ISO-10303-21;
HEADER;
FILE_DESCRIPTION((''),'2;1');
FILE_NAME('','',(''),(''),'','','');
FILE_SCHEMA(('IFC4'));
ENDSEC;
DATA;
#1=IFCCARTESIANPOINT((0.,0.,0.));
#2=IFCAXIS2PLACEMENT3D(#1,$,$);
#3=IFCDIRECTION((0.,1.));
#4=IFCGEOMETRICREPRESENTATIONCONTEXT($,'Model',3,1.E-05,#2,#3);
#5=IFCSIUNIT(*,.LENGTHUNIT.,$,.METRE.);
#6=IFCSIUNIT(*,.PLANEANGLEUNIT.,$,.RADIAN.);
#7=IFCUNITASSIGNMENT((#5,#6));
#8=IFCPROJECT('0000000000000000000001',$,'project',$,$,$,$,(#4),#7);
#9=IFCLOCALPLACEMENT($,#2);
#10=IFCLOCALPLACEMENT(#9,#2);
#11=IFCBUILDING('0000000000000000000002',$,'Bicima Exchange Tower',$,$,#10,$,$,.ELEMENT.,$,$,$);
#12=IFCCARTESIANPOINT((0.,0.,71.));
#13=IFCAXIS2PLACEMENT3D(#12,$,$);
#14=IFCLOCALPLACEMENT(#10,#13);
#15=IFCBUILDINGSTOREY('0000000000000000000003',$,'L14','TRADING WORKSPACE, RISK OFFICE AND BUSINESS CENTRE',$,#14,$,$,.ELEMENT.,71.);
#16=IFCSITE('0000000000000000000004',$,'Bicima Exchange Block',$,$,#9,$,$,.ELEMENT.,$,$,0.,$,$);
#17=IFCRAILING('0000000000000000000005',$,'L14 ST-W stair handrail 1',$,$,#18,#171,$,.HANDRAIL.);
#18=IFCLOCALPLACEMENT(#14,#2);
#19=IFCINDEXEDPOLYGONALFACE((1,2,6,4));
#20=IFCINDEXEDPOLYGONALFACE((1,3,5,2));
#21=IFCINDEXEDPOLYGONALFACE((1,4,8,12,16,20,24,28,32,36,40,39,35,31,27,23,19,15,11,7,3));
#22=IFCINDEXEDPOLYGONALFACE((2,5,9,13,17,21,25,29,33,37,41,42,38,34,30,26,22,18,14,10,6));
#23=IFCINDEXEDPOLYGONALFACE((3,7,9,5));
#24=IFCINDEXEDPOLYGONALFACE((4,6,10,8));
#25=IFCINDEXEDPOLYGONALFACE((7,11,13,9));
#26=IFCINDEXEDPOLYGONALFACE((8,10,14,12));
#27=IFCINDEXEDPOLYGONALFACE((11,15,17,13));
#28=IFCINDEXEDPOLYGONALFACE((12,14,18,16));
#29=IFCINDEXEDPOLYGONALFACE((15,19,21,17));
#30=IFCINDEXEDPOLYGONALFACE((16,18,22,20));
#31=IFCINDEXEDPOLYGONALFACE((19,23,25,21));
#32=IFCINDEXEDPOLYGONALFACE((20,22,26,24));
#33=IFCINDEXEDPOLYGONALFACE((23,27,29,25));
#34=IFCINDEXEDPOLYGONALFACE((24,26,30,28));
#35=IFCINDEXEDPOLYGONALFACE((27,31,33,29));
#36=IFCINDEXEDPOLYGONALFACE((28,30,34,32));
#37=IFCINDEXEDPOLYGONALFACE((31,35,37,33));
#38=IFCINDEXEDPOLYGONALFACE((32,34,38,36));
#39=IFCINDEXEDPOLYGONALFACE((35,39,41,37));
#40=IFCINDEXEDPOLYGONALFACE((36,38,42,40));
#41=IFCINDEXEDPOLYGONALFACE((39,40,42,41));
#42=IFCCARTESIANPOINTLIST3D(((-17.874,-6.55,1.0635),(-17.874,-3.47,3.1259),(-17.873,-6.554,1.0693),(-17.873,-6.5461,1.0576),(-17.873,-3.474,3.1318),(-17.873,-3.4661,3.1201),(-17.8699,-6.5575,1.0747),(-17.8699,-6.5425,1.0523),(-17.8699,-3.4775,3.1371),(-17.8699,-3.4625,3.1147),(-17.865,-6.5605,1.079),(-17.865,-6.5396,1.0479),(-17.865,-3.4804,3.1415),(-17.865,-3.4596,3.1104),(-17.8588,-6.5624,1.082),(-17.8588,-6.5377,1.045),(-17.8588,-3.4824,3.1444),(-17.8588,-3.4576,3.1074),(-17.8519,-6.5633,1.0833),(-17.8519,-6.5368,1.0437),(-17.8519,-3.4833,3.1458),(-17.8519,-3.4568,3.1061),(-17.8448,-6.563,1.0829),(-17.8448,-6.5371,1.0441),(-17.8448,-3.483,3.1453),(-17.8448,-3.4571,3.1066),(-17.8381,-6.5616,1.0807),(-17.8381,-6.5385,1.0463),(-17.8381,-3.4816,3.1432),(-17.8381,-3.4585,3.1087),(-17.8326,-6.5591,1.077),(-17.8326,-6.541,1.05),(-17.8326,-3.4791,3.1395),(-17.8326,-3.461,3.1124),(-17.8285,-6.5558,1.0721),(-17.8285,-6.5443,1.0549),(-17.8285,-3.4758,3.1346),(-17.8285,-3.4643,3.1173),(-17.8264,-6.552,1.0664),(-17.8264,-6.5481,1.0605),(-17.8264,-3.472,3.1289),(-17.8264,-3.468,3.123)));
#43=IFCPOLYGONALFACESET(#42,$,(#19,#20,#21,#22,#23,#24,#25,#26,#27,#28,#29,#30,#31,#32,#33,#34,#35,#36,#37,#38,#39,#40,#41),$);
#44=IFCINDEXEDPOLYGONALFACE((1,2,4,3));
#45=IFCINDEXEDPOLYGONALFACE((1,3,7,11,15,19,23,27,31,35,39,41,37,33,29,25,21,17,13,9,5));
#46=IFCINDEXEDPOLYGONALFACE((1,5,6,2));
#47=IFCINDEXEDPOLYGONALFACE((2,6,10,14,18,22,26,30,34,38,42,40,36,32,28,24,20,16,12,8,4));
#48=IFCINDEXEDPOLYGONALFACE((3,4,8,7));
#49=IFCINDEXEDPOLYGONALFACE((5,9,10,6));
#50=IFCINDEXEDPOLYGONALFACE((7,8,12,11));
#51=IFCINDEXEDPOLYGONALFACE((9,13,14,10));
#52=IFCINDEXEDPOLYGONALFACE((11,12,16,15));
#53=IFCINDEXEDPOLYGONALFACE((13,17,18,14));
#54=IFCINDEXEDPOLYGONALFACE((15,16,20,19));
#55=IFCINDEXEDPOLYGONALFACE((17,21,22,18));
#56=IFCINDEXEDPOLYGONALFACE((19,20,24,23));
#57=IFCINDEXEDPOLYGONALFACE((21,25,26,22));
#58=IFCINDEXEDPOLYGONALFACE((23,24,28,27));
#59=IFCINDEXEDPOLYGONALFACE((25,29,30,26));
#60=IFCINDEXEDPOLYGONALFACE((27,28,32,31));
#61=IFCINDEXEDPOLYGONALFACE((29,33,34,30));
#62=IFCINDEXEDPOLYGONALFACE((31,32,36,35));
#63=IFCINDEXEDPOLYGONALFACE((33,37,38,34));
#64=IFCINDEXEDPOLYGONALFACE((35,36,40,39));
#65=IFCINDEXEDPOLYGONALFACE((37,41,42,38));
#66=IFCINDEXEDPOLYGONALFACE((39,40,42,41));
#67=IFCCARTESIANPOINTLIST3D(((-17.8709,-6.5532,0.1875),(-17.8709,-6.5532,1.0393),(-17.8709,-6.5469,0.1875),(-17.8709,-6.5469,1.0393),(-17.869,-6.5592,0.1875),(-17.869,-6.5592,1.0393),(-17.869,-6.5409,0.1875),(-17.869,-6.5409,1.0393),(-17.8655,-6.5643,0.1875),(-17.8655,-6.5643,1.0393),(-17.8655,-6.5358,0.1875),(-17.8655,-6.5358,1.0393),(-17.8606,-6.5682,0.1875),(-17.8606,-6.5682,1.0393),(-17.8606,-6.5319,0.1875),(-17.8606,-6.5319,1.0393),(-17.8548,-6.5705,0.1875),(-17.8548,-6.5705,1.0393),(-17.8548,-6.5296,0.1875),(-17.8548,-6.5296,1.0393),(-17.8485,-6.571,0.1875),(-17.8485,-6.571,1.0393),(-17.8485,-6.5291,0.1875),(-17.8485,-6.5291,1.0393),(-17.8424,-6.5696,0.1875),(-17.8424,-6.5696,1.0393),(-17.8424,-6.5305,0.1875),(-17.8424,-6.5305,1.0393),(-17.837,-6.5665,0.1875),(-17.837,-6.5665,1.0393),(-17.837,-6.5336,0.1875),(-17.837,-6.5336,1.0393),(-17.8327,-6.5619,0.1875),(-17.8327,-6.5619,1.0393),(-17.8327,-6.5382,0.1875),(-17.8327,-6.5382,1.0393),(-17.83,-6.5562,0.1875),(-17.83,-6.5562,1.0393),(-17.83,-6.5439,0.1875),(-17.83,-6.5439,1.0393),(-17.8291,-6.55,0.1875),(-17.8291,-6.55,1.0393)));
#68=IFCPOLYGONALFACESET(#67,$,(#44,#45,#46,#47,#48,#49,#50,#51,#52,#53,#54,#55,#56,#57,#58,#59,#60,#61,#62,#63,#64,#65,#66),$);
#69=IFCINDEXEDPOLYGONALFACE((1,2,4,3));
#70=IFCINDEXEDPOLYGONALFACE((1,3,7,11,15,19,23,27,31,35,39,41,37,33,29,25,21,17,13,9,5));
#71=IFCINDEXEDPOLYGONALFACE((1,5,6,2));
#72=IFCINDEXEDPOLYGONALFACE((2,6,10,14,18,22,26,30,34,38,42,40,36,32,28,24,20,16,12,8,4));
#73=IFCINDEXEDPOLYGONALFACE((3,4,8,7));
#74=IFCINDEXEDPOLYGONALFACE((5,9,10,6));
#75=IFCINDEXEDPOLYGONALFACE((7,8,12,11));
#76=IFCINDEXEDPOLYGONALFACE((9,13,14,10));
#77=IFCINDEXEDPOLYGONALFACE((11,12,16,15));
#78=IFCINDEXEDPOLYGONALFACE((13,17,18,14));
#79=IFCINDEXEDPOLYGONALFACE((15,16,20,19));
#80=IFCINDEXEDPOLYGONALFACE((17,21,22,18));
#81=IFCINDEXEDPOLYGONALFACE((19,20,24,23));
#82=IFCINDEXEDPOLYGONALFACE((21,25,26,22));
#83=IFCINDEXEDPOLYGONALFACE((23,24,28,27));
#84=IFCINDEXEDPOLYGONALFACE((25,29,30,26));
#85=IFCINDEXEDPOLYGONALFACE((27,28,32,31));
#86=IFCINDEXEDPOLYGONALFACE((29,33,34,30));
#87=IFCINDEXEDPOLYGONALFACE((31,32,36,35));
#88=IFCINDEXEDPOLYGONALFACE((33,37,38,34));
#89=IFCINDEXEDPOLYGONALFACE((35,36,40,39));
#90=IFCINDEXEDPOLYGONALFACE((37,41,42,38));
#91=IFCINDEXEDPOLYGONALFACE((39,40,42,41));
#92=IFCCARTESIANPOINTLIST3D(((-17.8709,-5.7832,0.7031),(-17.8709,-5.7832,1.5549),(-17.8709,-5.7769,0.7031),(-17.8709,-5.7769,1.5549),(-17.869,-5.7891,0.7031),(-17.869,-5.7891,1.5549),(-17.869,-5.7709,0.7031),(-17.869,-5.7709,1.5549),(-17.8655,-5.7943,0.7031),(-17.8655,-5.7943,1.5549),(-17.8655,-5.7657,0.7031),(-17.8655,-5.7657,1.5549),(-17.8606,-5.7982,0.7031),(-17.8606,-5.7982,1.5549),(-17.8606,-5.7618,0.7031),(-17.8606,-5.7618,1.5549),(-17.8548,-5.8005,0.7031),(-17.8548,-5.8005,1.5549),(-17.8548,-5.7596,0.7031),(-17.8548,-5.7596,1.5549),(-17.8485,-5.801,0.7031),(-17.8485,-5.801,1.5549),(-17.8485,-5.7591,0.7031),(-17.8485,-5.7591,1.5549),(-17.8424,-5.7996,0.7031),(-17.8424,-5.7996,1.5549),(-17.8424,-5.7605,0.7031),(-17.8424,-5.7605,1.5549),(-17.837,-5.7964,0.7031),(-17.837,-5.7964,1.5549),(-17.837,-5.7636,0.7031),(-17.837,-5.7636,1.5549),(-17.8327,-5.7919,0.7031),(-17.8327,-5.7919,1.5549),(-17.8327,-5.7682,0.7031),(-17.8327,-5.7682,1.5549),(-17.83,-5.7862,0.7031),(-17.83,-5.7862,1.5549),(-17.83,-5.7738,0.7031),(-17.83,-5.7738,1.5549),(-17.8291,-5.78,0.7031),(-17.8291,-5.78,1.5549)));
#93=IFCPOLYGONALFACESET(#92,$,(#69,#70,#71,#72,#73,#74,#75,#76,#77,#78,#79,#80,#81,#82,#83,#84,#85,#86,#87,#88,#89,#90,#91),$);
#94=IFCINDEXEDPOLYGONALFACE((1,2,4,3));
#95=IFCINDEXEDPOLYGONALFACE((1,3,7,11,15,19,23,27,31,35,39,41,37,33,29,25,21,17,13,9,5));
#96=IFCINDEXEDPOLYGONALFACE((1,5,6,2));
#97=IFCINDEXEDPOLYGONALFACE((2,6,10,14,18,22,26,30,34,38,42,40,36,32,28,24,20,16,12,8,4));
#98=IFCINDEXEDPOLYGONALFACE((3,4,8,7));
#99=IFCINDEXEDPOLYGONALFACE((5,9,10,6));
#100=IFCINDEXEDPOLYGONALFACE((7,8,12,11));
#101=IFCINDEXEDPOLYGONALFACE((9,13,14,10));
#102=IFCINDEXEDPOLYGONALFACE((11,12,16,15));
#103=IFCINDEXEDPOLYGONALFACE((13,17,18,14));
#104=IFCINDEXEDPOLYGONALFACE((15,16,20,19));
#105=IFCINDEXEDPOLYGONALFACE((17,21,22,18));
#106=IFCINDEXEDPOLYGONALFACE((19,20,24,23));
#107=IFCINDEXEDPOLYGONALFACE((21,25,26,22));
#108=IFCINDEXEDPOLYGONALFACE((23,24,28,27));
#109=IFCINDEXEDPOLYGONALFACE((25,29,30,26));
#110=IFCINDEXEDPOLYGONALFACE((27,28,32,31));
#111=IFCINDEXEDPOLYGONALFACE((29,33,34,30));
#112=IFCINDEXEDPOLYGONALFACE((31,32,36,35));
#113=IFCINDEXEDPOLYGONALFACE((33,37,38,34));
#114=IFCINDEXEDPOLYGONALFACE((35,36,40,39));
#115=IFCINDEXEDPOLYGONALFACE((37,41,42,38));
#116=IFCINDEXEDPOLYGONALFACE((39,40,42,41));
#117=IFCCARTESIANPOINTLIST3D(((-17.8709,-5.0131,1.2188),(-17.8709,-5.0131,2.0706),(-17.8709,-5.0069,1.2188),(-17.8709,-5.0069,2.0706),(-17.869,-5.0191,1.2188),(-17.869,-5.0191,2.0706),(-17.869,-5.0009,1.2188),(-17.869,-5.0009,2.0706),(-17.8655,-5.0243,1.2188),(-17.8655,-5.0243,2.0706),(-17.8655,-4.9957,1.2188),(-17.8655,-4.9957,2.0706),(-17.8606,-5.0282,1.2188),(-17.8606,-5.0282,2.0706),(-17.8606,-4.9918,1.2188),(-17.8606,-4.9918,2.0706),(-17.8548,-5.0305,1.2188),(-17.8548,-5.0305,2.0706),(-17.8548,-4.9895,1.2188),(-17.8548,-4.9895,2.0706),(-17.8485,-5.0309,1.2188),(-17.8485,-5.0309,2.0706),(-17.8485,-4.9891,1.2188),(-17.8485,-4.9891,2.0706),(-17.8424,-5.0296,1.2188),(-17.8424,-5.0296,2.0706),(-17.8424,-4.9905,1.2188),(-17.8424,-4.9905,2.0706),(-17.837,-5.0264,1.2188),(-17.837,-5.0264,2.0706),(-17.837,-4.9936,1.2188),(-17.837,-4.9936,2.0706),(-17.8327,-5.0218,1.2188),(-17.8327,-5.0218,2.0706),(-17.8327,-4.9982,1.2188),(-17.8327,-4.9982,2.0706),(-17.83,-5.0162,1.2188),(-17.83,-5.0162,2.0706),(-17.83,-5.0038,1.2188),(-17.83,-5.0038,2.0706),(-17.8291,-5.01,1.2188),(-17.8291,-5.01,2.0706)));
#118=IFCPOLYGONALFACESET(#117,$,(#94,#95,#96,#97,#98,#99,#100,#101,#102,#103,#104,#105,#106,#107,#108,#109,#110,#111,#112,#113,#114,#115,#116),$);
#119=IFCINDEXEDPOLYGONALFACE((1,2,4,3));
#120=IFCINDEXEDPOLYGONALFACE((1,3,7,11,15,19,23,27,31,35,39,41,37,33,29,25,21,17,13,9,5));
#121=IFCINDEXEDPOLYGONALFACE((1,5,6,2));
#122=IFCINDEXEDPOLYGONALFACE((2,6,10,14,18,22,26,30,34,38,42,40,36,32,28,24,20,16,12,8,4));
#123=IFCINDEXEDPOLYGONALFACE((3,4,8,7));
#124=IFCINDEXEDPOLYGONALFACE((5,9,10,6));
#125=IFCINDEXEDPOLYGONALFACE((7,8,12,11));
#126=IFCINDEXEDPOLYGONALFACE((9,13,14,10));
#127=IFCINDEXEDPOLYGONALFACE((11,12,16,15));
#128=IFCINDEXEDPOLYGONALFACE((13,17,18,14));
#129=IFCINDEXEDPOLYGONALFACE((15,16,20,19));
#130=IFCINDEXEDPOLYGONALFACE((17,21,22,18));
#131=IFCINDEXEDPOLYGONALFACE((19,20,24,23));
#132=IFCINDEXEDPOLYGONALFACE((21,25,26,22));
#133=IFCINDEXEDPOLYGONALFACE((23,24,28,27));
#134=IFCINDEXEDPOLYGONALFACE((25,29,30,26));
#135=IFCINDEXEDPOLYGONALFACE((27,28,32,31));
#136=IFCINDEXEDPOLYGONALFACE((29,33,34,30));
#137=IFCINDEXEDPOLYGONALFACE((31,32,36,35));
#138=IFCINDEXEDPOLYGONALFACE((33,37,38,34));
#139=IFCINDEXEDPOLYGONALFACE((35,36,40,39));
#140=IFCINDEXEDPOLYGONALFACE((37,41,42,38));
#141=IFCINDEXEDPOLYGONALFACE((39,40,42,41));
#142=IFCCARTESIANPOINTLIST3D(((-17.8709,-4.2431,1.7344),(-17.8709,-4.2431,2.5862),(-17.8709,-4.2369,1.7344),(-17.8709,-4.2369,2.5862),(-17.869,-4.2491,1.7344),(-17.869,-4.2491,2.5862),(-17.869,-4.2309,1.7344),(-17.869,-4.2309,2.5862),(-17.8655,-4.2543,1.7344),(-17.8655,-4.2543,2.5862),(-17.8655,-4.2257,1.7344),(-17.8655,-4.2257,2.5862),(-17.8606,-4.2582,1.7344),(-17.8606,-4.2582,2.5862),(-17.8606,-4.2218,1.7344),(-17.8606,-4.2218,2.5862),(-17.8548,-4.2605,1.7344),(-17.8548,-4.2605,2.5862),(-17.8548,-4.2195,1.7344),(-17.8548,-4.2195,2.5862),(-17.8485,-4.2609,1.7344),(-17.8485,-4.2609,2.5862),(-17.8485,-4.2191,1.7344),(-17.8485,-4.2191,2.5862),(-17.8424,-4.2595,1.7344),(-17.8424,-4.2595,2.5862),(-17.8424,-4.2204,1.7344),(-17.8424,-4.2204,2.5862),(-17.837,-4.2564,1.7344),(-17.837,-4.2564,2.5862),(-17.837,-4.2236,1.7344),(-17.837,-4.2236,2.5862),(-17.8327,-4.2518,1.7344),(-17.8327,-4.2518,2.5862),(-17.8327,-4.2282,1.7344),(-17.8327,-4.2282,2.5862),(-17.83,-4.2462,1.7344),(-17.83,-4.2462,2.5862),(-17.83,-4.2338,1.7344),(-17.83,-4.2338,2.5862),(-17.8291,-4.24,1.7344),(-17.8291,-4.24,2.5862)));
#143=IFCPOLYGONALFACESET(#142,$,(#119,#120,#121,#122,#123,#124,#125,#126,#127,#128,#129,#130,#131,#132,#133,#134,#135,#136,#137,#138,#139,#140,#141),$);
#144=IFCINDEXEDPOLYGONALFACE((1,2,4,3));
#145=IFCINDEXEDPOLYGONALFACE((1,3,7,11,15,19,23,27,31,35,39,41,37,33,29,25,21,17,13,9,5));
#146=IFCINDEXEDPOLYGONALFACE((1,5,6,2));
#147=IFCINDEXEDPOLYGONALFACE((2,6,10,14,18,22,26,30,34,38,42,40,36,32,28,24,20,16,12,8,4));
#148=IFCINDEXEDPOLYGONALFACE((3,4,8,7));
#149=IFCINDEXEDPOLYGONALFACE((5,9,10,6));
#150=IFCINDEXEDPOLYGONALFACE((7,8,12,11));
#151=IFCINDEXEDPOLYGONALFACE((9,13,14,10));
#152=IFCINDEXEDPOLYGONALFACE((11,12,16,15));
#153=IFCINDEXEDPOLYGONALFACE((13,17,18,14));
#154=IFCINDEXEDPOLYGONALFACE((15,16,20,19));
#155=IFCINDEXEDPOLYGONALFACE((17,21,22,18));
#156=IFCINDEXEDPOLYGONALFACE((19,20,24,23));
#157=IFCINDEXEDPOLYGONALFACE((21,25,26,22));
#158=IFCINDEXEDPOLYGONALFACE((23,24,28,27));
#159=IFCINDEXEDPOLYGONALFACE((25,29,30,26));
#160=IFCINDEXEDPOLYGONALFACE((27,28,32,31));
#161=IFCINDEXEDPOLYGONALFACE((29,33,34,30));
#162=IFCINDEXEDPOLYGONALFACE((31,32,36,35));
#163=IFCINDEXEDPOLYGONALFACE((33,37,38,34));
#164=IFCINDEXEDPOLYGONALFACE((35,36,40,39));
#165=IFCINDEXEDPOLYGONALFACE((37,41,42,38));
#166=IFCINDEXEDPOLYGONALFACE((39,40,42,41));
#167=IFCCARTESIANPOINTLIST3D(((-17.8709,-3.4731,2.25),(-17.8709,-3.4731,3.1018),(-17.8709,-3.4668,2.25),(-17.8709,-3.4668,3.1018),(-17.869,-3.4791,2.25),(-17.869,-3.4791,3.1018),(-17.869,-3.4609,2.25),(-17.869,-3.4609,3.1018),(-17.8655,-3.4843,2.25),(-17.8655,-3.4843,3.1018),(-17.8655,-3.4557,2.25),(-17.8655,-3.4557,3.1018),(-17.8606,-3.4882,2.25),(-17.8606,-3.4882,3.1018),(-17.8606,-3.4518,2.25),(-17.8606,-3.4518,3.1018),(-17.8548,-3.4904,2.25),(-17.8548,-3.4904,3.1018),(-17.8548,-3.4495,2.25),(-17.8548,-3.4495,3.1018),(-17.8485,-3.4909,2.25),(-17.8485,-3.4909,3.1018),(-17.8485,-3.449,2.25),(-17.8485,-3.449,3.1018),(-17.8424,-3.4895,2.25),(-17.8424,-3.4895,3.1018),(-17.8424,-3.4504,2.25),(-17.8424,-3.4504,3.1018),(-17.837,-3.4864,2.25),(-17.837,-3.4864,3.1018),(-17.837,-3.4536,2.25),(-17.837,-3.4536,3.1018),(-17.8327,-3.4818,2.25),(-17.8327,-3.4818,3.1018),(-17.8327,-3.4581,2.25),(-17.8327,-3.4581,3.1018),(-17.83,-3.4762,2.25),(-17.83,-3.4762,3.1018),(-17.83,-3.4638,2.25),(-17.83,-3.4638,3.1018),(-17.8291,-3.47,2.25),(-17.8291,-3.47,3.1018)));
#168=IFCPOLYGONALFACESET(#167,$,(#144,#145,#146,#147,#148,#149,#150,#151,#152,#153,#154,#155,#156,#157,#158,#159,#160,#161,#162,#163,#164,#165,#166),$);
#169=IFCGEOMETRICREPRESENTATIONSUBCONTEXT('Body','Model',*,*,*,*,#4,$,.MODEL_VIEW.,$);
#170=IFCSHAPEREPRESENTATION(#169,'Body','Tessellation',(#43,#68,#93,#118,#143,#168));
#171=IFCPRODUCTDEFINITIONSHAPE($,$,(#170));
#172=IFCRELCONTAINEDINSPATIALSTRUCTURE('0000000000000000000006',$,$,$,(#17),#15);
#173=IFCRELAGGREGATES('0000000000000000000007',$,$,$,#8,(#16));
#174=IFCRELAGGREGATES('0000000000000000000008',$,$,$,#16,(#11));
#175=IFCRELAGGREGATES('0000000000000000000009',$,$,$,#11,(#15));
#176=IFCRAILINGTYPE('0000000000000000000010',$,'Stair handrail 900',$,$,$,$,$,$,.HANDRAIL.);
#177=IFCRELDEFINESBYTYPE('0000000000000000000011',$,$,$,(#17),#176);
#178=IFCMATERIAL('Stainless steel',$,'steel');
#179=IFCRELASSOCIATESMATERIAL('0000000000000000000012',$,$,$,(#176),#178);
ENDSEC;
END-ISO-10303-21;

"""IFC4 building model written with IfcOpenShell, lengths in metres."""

from ifc_helpers import new_model, si_unit, direction, frame, origin, origin_2d, place, context, subcontext, project, spatial, circle, extrude, material, type_object, element, save


model = new_model("IFC4")

# Units and contexts
model_context = context("Model", 3, precision=1e-05, world=origin(), true_north=direction((0.0, 1.0)))
body_context = subcontext(model_context, "Body", "Model", "MODEL_VIEW")
ifc_project = project(units=[si_unit("LENGTHUNIT", "METRE"), si_unit("PLANEANGLEUNIT", "RADIAN")], contexts=[model_context])

# Site, building, storey
site_placement = place(None, origin())
site = spatial("IfcSite", under=ifc_project, at=site_placement, Name="Bicima Exchange Block", CompositionType="ELEMENT", RefElevation=0.0)
building_placement = place(site_placement, origin())
building = spatial("IfcBuilding", under=site, at=building_placement, Name="Bicima Exchange Tower", CompositionType="ELEMENT")
storey_placement = place(building_placement, frame((0.0, 0.0, 71.0)))
storey = spatial("IfcBuildingStorey", under=building, at=storey_placement, Name="L14", Description="TRADING WORKSPACE, RISK OFFICE AND BUSINESS CENTRE", CompositionType="ELEMENT", Elevation=71.0)

# Shared definitions
ifc_material_1 = material(Name="Stainless steel", Category="steel")

# Railing
railing_type_1 = type_object("IfcRailingType", Name="Stair handrail 900", PredefinedType="HANDRAIL", material=ifc_material_1)
railing_1_placement = place(storey_placement, frame((-17.8501, -6.55, 0.1875)))
element("IfcRailing", 1, at=railing_1_placement, inside=storey, type_object=railing_type_1, Name="L14 ST-W stair handrail 1", PredefinedType="HANDRAIL", context=body_context, shape_type="SweptSolid", body=[
    extrude(circle(Radius=0.0239, at=origin_2d()), frame((0.0, 0.0, 0.876), z_axis=(0.0, 0.830914, 0.556401), x_axis=(-1.0, 0.0, 0.0)), (0.0, 0.0, 1.0), 3.7068),
    extrude(circle(Radius=0.021, at=origin_2d()), origin(), (0.0, 0.0, 1.0), 0.8518),
    extrude(circle(Radius=0.021, at=origin_2d()), frame((0.0, 0.77, 0.5156)), (0.0, 0.0, 1.0), 0.8518),
    extrude(circle(Radius=0.021, at=origin_2d()), frame((0.0, 1.54, 1.0312)), (0.0, 0.0, 1.0), 0.8518),
    extrude(circle(Radius=0.021, at=origin_2d()), frame((0.0, 2.3101, 1.5469)), (0.0, 0.0, 1.0), 0.8518),
    extrude(circle(Radius=0.021, at=origin_2d()), frame((0.0, 3.0801, 2.0625)), (0.0, 0.0, 1.0), 0.8518),
])

save(model, "model.ifc")
